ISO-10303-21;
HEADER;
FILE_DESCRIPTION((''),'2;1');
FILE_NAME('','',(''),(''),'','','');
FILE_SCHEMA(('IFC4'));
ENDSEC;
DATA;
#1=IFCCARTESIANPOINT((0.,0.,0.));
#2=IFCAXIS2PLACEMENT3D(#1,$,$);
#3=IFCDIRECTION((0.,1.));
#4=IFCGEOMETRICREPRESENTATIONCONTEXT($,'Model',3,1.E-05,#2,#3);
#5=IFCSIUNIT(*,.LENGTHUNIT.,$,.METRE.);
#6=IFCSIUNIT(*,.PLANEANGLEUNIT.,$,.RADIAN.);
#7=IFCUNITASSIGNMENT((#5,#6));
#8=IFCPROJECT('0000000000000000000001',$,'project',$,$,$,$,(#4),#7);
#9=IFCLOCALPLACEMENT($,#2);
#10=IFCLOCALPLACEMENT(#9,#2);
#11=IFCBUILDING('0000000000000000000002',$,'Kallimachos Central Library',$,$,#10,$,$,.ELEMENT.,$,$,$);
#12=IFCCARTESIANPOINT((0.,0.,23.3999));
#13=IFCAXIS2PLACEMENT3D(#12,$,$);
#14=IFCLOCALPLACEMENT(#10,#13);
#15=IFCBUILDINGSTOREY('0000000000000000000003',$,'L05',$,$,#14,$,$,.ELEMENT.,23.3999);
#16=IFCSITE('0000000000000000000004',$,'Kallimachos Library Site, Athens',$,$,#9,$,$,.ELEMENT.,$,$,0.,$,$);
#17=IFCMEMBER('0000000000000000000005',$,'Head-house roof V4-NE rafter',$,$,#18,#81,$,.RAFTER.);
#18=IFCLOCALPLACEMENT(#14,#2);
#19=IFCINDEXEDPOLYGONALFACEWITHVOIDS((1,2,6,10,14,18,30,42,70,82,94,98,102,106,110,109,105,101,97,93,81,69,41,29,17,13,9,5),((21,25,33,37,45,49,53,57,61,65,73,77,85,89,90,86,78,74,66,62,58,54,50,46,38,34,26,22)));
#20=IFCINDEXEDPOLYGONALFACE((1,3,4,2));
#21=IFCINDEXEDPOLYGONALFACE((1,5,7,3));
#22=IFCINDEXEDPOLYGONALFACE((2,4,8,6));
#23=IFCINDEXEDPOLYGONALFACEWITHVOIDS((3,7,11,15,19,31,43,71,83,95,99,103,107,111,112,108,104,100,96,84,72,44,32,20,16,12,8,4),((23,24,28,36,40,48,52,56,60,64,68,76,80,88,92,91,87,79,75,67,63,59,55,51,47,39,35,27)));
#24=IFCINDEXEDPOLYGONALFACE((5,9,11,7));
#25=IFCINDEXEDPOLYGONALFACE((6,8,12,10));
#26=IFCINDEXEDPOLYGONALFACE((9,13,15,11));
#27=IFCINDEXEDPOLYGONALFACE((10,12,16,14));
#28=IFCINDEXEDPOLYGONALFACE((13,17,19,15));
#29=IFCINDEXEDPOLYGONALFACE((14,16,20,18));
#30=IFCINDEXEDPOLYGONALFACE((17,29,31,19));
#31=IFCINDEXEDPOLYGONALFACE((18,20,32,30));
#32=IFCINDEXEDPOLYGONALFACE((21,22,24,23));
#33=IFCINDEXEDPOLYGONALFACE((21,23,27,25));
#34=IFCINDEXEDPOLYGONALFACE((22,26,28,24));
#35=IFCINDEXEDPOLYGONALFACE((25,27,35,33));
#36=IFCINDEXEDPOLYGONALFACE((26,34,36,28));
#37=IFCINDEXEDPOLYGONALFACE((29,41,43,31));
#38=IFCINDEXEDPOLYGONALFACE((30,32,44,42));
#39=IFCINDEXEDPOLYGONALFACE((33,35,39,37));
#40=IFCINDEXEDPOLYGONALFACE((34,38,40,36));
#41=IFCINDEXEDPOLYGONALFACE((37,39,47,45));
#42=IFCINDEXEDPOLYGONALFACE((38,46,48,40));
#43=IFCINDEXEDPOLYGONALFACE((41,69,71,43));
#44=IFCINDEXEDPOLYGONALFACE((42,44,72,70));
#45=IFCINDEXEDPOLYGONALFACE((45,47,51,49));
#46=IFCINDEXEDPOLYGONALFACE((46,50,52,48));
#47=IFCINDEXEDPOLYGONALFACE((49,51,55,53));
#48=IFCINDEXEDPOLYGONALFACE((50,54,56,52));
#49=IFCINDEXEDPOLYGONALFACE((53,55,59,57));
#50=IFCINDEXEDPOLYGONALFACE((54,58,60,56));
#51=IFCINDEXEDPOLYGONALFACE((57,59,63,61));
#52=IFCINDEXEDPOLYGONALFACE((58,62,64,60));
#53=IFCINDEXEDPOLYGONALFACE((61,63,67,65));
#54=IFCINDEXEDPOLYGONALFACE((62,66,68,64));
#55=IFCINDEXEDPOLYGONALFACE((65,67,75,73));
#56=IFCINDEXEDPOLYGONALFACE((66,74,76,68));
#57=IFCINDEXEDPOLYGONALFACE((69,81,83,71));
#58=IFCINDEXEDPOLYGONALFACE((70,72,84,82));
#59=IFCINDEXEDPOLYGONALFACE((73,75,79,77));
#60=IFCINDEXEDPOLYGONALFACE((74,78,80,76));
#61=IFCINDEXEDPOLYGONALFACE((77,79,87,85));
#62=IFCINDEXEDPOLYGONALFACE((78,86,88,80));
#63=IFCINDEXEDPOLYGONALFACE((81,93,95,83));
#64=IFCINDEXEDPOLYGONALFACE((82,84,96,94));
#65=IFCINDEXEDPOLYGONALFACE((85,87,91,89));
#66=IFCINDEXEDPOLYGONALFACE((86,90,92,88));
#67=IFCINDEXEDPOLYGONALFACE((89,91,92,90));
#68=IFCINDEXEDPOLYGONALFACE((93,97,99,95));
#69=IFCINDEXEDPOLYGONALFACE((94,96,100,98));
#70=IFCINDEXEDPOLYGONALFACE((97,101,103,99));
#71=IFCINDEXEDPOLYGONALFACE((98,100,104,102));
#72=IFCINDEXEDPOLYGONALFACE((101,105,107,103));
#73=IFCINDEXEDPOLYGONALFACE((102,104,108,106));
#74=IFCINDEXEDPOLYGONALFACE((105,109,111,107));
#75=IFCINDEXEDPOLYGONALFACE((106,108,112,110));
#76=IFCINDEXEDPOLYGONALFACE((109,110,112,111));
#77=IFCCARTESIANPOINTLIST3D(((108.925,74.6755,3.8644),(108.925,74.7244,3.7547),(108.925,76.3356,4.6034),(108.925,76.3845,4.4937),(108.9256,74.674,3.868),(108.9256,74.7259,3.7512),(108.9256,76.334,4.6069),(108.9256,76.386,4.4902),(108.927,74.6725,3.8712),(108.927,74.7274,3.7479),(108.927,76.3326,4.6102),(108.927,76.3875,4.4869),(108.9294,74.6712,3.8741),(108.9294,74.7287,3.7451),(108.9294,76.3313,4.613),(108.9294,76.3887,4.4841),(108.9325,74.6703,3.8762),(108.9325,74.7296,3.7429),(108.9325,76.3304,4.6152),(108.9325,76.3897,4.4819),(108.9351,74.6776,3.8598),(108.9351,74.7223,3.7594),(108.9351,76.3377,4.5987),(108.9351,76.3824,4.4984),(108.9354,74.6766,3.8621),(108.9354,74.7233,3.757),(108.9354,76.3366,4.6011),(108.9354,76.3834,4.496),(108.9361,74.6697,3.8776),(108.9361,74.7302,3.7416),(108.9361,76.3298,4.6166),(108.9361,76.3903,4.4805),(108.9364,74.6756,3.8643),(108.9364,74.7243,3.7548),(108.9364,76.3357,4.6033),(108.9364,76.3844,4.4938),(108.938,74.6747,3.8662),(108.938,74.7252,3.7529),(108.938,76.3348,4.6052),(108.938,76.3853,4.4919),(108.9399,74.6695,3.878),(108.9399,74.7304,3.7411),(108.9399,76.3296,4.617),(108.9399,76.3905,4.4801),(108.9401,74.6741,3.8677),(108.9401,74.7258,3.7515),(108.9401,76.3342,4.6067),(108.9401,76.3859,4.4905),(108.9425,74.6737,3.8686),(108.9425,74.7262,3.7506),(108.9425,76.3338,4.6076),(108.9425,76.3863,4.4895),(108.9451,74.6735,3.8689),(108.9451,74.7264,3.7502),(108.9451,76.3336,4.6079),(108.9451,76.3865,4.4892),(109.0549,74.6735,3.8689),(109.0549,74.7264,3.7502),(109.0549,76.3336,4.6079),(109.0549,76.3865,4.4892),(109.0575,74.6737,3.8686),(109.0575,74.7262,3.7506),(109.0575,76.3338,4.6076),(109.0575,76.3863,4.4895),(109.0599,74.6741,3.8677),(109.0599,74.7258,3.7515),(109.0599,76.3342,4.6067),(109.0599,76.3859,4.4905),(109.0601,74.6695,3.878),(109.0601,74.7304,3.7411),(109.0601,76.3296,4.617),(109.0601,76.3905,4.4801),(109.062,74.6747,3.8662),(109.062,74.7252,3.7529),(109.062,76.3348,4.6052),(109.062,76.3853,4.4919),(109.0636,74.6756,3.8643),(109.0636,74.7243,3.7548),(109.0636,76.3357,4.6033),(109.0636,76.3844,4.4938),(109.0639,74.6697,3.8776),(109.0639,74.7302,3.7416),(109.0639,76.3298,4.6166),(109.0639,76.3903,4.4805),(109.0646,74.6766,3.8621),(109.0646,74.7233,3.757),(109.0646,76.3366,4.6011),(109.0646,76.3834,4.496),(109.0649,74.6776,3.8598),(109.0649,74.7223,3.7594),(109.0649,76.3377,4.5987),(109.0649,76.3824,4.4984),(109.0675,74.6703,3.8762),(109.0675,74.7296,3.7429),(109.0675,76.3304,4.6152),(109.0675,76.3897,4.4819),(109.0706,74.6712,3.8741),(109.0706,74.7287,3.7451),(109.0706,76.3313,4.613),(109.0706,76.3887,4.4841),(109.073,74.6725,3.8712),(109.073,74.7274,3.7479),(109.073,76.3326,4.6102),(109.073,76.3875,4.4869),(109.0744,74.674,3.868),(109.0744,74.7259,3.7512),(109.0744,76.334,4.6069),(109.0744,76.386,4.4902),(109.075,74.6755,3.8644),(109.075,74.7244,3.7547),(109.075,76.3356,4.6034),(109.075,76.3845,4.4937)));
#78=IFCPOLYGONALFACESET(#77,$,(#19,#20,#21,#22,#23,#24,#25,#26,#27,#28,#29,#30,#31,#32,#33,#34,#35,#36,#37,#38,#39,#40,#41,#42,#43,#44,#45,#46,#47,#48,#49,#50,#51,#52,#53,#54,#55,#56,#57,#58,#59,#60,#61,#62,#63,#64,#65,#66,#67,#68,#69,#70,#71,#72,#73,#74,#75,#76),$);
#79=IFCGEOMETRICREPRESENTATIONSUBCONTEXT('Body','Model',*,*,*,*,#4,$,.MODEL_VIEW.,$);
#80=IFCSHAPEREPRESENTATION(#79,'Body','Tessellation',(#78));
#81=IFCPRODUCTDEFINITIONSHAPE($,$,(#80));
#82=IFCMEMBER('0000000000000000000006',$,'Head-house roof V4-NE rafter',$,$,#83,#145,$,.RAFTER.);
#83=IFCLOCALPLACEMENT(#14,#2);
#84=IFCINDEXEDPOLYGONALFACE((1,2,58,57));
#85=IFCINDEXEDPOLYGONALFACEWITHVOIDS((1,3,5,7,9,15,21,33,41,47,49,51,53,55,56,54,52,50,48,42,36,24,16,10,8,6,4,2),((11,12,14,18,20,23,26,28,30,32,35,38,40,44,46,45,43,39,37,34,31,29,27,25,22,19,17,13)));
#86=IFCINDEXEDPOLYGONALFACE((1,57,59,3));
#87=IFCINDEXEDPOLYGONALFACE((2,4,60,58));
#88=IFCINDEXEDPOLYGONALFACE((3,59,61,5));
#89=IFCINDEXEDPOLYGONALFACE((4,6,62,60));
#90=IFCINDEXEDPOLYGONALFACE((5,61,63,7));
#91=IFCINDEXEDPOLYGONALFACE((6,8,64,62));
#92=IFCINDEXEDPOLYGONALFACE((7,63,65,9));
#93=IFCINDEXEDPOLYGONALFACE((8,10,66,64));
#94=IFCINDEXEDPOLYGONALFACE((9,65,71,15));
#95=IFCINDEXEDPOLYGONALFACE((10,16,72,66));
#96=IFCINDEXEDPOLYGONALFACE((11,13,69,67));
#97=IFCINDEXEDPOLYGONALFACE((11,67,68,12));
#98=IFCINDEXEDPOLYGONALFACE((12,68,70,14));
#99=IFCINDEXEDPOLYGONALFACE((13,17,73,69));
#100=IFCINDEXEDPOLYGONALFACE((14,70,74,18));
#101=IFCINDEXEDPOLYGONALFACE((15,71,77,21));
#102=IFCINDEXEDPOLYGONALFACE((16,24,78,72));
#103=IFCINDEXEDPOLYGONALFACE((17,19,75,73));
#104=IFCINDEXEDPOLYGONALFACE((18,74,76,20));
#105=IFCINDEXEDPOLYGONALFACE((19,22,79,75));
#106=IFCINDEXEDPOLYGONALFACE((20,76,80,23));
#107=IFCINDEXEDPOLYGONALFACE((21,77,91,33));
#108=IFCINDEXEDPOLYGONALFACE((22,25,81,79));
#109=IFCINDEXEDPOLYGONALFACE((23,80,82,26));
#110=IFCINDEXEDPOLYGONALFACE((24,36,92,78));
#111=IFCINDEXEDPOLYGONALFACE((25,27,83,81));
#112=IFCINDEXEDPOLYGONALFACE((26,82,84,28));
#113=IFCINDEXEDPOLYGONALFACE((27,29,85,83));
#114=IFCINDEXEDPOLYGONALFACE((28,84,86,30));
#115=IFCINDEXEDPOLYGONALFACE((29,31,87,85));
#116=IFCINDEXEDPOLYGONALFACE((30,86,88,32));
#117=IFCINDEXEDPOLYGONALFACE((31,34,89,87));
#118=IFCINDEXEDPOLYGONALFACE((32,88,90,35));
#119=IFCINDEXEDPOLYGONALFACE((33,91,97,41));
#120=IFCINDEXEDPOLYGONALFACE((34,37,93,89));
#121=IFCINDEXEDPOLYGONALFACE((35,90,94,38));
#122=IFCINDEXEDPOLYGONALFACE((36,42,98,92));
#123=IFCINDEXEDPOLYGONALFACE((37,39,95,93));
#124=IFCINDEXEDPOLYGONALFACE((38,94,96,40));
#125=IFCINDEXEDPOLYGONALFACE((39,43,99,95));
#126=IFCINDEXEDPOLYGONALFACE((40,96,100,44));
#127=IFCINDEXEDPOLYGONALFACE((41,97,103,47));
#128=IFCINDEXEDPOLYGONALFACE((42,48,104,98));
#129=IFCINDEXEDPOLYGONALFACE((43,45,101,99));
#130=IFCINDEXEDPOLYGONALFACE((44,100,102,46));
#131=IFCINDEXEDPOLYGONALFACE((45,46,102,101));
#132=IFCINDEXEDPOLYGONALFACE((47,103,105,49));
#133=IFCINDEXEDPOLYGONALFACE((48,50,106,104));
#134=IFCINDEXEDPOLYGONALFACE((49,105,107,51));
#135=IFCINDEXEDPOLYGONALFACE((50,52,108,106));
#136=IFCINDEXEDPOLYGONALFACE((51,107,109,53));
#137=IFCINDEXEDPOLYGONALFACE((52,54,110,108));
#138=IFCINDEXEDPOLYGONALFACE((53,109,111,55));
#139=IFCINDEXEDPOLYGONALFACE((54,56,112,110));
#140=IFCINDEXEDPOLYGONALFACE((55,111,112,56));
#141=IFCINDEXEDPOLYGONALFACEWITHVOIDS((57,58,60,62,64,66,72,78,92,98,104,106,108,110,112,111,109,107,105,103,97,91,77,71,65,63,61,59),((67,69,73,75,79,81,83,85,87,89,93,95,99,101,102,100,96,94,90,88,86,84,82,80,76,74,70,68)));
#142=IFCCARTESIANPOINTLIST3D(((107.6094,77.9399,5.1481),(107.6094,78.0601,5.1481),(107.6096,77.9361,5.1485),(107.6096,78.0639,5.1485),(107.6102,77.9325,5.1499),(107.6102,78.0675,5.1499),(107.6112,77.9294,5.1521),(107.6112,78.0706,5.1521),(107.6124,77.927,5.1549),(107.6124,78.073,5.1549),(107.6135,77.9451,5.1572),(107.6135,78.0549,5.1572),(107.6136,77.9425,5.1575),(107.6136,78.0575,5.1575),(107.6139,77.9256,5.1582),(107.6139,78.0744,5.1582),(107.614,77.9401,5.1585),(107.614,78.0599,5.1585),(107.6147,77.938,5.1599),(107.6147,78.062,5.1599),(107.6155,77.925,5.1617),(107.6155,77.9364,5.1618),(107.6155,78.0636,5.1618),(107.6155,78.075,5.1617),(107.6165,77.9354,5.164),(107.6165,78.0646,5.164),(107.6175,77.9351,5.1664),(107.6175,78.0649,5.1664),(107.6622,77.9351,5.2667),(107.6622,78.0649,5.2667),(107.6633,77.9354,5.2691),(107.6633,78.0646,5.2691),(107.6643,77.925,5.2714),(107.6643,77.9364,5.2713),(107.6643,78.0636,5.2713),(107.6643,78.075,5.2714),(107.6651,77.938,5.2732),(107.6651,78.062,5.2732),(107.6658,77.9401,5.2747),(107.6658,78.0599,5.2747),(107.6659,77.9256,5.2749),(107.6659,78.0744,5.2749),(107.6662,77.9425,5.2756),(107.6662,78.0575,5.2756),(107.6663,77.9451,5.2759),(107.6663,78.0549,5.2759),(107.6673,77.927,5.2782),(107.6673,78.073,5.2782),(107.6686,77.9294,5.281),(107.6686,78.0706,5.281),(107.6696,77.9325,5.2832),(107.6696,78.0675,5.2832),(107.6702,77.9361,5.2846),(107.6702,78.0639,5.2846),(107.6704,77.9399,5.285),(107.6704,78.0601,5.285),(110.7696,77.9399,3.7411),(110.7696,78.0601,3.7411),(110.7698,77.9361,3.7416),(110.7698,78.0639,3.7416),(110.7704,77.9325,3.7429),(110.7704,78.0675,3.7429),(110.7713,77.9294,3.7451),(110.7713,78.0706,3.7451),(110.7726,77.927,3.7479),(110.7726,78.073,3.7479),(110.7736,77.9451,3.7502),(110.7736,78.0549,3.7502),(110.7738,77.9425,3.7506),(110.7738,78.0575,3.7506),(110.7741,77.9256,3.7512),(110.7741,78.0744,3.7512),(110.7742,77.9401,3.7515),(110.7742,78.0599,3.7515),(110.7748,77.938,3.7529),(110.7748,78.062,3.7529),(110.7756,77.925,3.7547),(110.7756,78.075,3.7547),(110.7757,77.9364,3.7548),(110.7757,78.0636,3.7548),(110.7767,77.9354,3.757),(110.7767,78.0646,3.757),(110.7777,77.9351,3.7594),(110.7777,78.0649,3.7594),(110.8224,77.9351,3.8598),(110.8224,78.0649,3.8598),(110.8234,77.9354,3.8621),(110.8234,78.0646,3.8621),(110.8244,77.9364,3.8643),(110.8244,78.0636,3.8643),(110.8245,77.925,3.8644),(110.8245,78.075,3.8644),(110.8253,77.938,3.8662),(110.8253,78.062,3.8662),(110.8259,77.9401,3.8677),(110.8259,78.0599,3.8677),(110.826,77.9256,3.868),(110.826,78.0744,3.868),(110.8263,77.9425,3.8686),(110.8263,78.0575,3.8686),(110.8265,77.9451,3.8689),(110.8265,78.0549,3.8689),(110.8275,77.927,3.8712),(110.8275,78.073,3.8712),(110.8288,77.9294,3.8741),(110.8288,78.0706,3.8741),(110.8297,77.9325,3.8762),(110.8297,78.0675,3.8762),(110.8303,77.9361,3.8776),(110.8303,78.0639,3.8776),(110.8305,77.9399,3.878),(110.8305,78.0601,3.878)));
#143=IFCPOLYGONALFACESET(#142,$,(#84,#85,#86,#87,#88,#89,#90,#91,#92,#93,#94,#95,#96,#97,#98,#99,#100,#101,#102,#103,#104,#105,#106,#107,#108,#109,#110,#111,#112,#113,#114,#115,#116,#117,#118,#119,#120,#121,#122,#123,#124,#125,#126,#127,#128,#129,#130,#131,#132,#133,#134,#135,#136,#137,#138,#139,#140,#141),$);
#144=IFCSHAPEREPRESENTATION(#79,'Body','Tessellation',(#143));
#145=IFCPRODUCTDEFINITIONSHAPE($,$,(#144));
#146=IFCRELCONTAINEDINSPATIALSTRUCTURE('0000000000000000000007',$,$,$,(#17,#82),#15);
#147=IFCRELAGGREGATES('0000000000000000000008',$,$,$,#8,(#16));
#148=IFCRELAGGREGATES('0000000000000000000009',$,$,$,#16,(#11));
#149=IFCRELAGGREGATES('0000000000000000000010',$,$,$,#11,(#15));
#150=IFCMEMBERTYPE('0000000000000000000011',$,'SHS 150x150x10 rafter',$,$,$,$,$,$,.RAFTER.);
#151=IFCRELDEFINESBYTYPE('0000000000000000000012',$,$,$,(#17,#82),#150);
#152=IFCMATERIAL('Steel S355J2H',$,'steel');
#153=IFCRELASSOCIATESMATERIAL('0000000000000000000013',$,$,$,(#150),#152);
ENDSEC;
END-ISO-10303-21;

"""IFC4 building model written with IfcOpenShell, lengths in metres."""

from ifc_helpers import new_model, si_unit, direction, frame, origin, origin_2d, place, context, subcontext, project, spatial, hollow_rectangle, extrude, material, material_profile, profile_set, type_object, element, save


model = new_model("IFC4")

# Units and contexts
model_context = context("Model", 3, precision=1e-05, world=origin(), true_north=direction((0.0, 1.0)))
body_context = subcontext(model_context, "Body", "Model", "MODEL_VIEW")
ifc_project = project(units=[si_unit("LENGTHUNIT", "METRE"), si_unit("PLANEANGLEUNIT", "RADIAN")], contexts=[model_context])

# Site, building, storey
site_placement = place(None, origin())
site = spatial("IfcSite", under=ifc_project, at=site_placement, Name="Kallimachos Library Site, Athens", CompositionType="ELEMENT", RefElevation=0.0)
building_placement = place(site_placement, origin())
building = spatial("IfcBuilding", under=site, at=building_placement, Name="Kallimachos Central Library", CompositionType="ELEMENT")
storey_placement = place(building_placement, frame((0.0, 0.0, 23.3999)))
storey = spatial("IfcBuildingStorey", under=building, at=storey_placement, Name="L05", CompositionType="ELEMENT", Elevation=23.3999)

# Members
ifc_material_1 = material(Name="Steel S355J2H", Category="steel")
ifc_material_profile_1 = material_profile(ifc_material_1, hollow_rectangle(XDim=0.1499, YDim=0.1499, WallThickness=0.01, InnerFilletRadius=0.01, OuterFilletRadius=0.0149, at=origin_2d()), Name="SHS 150x150x10")
ifc_profile_set_1 = profile_set([ifc_material_profile_1], Name="Steel S355J2H")
member_type_1 = type_object("IfcMemberType", Name="SHS 150x150x10 rafter", PredefinedType="RAFTER", material=ifc_profile_set_1)
member_1_placement = place(storey_placement, frame((109.0, 74.7, 3.8096), z_axis=(0.0, 0.913573, 0.406674), x_axis=(-1.0, 0.0, 0.0)))
element("IfcMember", 1, at=member_1_placement, inside=storey, type_object=member_type_1, Name="Head-house roof V4-NE rafter", PredefinedType="RAFTER", context=body_context, shape_type="SweptSolid", body=[
    extrude(hollow_rectangle(XDim=0.1499, YDim=0.1499, WallThickness=0.01, InnerFilletRadius=0.01, OuterFilletRadius=0.0149, at=origin_2d()), origin(), (0.0, 0.0, 1.0), 1.8171),
])
member_2_placement = place(storey_placement, frame((110.8, 78.0, 3.8096), z_axis=(-0.913547, 0.0, 0.406734), x_axis=(0.0, -1.0, 0.0)))
element("IfcMember", 2, at=member_2_placement, inside=storey, type_object=member_type_1, Name="Head-house roof V4-NE rafter", PredefinedType="RAFTER", context=body_context, shape_type="SweptSolid", body=[
    extrude(hollow_rectangle(XDim=0.1499, YDim=0.1499, WallThickness=0.01, InnerFilletRadius=0.01, OuterFilletRadius=0.0149, at=origin_2d()), origin(), (0.0, 0.0, 1.0), 3.4592),
])

save(model, "model.ifc")
